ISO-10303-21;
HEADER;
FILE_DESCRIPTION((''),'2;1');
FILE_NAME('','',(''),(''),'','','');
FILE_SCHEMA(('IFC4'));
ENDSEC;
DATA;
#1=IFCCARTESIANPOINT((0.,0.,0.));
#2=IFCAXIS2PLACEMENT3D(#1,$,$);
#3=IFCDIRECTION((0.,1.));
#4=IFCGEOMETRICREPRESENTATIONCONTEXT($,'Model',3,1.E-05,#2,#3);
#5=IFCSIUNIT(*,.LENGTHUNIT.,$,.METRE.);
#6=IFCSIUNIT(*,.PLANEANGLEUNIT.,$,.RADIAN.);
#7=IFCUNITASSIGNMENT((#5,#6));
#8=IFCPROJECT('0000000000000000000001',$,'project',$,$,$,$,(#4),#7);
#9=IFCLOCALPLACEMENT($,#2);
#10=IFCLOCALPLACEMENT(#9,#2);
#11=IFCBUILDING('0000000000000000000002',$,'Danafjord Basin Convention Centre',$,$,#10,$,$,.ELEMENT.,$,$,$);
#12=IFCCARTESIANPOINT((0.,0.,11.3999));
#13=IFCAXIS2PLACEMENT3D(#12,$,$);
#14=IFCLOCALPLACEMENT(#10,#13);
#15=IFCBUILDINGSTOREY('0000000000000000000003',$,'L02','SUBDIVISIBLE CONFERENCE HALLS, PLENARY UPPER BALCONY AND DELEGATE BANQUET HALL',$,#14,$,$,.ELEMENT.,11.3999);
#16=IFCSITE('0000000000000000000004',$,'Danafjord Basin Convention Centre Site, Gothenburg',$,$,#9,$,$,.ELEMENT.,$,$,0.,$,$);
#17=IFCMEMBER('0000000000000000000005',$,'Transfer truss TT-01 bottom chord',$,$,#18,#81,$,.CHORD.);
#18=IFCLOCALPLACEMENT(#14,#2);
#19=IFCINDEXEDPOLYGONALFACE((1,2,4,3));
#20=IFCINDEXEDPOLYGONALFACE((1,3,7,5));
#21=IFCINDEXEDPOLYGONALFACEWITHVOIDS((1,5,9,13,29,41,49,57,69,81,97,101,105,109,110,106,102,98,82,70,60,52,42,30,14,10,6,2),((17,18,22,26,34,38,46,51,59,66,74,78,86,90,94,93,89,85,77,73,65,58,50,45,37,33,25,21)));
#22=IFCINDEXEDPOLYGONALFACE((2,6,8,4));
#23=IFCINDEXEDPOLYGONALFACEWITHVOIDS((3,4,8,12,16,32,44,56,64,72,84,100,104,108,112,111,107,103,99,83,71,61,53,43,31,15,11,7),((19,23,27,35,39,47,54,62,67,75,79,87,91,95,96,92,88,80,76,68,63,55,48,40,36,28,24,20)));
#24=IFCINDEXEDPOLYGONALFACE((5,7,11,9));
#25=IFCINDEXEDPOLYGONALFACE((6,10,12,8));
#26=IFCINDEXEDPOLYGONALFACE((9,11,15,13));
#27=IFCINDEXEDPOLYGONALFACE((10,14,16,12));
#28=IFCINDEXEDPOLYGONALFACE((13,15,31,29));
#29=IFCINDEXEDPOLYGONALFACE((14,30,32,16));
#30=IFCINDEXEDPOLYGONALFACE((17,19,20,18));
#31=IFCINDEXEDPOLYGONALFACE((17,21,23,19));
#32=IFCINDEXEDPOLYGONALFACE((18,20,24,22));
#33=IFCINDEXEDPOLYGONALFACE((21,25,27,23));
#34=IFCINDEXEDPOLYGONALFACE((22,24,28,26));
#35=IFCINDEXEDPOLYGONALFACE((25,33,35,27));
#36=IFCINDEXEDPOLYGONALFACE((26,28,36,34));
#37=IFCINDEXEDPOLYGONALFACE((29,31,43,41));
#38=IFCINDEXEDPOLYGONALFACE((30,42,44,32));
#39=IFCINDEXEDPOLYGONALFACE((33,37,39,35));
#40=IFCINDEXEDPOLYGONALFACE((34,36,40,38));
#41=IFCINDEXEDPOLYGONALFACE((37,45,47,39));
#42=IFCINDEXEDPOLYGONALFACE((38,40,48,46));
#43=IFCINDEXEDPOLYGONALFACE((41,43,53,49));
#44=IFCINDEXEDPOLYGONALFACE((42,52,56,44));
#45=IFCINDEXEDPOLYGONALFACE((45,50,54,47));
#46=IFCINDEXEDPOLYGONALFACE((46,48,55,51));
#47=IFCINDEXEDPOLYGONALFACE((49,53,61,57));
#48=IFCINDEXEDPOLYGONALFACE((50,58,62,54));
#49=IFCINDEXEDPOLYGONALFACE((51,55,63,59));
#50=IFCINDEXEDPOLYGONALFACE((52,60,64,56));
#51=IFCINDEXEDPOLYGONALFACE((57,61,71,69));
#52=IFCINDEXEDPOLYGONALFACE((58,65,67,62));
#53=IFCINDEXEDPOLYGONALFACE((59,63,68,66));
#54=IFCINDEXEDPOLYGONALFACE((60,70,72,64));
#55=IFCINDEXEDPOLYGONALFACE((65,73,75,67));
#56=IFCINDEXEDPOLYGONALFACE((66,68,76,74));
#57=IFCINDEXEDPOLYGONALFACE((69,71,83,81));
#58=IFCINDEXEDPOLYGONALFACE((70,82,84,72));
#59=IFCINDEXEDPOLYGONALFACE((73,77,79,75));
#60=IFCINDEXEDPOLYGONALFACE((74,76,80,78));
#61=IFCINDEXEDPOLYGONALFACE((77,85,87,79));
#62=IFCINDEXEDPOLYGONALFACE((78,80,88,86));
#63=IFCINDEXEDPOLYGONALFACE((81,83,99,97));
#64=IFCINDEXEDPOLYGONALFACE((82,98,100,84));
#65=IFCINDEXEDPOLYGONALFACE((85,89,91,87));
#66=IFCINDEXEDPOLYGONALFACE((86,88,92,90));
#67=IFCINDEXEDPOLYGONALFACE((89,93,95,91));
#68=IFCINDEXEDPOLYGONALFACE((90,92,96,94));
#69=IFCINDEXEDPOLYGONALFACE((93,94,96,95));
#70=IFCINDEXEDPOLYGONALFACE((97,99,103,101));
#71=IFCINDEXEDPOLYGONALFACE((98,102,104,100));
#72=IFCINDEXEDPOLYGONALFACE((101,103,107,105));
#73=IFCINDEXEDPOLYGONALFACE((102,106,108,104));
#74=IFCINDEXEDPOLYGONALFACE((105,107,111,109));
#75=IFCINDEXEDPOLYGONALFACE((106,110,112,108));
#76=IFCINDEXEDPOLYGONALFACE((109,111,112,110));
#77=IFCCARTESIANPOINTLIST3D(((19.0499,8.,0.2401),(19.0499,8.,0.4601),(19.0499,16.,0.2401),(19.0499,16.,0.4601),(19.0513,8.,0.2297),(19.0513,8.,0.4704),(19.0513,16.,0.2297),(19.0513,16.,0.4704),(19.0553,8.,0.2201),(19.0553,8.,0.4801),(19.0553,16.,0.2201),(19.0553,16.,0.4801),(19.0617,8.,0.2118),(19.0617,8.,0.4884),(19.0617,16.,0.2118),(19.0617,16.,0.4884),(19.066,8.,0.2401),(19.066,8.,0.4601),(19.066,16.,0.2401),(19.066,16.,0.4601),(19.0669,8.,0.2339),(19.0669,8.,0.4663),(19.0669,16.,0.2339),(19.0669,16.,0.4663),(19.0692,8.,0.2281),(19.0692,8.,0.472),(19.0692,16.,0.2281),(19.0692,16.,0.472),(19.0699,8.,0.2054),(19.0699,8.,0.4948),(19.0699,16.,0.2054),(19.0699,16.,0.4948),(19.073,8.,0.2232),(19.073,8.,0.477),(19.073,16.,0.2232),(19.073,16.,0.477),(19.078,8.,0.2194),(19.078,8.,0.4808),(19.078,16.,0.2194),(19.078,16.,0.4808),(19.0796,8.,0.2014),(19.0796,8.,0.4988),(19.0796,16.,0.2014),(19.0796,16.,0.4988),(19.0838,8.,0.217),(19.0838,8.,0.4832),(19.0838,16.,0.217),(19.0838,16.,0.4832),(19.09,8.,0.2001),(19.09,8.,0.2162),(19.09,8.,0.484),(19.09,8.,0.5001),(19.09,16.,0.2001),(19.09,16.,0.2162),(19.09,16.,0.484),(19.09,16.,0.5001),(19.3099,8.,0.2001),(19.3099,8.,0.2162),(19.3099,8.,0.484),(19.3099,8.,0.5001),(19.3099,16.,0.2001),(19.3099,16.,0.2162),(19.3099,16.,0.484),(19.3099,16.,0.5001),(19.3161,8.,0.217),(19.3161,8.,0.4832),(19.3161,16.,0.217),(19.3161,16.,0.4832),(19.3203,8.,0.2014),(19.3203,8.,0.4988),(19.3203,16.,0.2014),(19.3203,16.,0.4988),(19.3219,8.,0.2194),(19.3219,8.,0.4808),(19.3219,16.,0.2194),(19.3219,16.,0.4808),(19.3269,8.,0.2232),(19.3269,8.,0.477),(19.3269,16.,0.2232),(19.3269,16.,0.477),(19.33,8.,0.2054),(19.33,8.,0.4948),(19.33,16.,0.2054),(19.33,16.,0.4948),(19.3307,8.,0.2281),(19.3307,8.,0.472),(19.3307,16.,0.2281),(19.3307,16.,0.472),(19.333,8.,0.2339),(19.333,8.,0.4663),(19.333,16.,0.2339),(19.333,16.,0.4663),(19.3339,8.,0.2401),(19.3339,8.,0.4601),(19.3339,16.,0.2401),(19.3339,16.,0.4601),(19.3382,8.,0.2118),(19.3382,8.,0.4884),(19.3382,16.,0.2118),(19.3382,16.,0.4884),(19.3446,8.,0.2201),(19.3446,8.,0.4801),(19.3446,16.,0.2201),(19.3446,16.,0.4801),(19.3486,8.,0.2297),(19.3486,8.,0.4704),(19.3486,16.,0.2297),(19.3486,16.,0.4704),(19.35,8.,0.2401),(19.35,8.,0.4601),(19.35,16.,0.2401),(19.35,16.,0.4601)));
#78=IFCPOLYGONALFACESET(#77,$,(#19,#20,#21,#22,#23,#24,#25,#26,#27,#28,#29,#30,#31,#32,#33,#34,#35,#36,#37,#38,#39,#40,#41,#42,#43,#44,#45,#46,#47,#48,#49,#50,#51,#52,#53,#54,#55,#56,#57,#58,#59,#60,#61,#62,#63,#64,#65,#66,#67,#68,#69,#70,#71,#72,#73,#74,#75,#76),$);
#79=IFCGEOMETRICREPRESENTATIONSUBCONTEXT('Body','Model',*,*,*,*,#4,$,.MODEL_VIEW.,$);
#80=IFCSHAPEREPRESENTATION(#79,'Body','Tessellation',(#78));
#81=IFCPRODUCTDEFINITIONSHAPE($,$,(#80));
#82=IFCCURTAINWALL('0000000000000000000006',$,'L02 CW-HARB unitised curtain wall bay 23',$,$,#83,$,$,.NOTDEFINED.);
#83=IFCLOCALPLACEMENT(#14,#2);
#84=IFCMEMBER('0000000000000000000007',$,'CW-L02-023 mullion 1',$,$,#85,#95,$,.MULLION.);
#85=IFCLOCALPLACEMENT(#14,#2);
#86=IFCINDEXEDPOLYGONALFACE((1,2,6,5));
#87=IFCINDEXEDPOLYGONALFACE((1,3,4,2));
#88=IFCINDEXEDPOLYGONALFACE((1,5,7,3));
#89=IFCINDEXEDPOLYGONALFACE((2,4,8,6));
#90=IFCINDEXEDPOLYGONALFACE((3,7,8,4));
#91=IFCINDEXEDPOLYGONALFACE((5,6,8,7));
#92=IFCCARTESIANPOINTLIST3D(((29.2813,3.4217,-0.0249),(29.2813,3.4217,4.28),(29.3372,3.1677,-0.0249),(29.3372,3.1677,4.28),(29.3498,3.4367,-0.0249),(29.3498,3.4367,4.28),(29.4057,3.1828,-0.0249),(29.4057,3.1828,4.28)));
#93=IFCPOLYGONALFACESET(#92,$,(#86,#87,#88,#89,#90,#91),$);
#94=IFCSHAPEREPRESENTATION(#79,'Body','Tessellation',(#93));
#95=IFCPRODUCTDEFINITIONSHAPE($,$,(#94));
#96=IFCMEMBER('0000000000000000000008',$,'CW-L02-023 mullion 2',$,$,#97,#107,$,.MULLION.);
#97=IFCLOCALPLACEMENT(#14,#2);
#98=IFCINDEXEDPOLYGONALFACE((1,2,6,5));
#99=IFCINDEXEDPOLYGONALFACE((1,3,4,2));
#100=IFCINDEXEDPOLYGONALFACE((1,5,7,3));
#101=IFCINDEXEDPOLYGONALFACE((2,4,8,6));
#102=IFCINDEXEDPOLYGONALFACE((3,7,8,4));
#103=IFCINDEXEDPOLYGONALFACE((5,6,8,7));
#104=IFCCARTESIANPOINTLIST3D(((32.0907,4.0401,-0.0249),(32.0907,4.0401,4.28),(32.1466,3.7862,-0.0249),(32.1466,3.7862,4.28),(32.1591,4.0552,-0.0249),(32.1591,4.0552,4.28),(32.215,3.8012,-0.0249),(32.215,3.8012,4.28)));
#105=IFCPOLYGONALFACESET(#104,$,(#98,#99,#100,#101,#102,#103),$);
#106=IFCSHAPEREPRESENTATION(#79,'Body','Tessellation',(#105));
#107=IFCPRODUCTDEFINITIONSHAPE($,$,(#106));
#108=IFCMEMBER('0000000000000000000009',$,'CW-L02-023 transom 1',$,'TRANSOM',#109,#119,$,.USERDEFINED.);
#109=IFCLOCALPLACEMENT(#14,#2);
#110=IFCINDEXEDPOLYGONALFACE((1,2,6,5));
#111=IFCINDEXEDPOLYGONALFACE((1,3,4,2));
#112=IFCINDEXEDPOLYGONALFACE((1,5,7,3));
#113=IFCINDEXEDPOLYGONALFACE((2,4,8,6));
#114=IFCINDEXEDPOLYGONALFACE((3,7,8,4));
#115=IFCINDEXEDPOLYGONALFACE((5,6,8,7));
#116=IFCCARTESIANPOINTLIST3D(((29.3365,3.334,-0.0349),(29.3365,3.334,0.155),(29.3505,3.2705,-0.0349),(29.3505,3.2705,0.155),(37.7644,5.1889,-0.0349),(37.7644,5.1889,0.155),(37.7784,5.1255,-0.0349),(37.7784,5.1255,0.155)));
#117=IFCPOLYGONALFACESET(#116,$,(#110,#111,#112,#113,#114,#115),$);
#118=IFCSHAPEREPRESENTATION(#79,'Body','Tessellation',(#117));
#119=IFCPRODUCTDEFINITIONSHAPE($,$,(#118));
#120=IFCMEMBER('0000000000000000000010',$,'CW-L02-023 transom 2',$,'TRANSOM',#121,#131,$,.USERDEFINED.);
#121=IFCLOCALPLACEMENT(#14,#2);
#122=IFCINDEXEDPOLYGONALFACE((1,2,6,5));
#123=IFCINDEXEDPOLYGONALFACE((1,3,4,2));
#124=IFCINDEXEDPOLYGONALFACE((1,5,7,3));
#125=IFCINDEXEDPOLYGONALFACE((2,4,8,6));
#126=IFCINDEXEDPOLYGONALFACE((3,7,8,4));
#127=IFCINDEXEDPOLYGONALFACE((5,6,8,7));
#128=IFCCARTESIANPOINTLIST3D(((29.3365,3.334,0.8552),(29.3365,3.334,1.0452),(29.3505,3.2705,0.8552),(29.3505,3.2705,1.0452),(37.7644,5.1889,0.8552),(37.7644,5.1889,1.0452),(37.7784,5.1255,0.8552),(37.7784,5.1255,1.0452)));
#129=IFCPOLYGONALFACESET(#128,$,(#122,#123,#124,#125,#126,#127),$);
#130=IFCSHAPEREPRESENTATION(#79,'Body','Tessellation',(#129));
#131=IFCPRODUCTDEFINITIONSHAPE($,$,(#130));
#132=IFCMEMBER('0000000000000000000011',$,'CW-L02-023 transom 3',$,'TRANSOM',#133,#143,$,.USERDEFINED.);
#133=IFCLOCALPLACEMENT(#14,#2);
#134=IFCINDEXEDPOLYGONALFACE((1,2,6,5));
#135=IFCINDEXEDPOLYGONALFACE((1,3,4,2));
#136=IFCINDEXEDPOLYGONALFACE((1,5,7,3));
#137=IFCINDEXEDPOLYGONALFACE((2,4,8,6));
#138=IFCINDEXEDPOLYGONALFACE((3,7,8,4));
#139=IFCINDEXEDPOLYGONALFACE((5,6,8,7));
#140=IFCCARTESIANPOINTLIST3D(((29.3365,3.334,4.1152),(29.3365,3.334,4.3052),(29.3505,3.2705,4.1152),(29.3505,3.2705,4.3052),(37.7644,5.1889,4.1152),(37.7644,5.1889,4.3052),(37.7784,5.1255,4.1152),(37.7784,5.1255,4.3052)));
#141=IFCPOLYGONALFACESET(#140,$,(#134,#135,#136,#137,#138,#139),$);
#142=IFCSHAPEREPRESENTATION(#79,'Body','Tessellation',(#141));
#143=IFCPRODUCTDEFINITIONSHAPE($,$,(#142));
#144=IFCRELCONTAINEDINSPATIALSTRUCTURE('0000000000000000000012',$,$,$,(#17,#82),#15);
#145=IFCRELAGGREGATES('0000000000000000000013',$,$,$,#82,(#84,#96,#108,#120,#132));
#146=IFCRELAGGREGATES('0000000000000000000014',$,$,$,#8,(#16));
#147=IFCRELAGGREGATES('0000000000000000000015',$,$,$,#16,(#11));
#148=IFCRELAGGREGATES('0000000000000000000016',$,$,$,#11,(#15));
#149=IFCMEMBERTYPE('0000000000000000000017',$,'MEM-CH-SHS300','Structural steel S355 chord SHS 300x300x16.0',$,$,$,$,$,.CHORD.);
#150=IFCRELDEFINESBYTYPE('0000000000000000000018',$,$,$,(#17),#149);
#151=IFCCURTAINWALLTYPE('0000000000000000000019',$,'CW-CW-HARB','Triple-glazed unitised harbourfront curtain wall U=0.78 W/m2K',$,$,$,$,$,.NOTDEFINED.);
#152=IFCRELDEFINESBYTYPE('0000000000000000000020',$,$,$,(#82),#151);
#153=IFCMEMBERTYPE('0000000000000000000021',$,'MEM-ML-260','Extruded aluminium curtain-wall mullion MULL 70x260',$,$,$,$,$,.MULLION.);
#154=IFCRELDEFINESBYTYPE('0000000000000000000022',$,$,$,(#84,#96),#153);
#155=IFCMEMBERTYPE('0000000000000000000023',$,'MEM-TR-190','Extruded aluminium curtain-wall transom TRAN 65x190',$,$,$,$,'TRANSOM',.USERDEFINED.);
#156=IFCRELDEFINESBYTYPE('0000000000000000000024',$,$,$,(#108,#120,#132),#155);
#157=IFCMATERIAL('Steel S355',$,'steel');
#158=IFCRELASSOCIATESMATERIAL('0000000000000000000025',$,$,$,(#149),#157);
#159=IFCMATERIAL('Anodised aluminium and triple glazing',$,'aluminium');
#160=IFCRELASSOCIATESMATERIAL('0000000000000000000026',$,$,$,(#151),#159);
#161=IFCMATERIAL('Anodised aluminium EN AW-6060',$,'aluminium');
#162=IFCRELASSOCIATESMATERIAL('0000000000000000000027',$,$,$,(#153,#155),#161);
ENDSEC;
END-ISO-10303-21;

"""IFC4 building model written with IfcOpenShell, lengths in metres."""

from ifc_helpers import new_model, si_unit, direction, frame, origin, origin_2d, place, context, subcontext, project, spatial, rectangle, hollow_rectangle, extrude, material, material_profile, profile_set, type_object, element, aggregate, save


model = new_model("IFC4")

# Units and contexts
model_context = context("Model", 3, precision=1e-05, world=origin(), true_north=direction((0.0, 1.0)))
body_context = subcontext(model_context, "Body", "Model", "MODEL_VIEW")
ifc_project = project(units=[si_unit("LENGTHUNIT", "METRE"), si_unit("PLANEANGLEUNIT", "RADIAN")], contexts=[model_context])

# Site, building, storey
site_placement = place(None, origin())
site = spatial("IfcSite", under=ifc_project, at=site_placement, Name="Danafjord Basin Convention Centre Site, Gothenburg", CompositionType="ELEMENT", RefElevation=0.0)
building_placement = place(site_placement, origin())
building = spatial("IfcBuilding", under=site, at=building_placement, Name="Danafjord Basin Convention Centre", CompositionType="ELEMENT")
storey_placement = place(building_placement, frame((0.0, 0.0, 11.3999)))
storey = spatial("IfcBuildingStorey", under=building, at=storey_placement, Name="L02", Description="SUBDIVISIBLE CONFERENCE HALLS, PLENARY UPPER BALCONY AND DELEGATE BANQUET HALL", CompositionType="ELEMENT", Elevation=11.3999)

# Shared definitions
ifc_material_1 = material(Name="Steel S355", Category="steel")

# Member
ifc_material_profile_1 = material_profile(ifc_material_1, hollow_rectangle(XDim=0.3, YDim=0.3, WallThickness=0.0161, InnerFilletRadius=0.0239, OuterFilletRadius=0.04, at=origin_2d()), Name="SHS 300x300x16.0")
ifc_profile_set_1 = profile_set([ifc_material_profile_1], Name="Steel S355")
member_type_1 = type_object("IfcMemberType", Name="MEM-CH-SHS300", Description="Structural steel S355 chord SHS 300x300x16.0", PredefinedType="CHORD", material=ifc_profile_set_1)
member_1_placement = place(storey_placement, frame((19.2, 8.0, 0.3501), z_axis=(0.0, 1.0, 0.0), x_axis=(-1.0, 0.0, 0.0)))
element("IfcMember", 1, at=member_1_placement, inside=storey, type_object=member_type_1, Name="Transfer truss TT-01 bottom chord", PredefinedType="CHORD", context=body_context, shape_type="SweptSolid", body=[
    extrude(hollow_rectangle(XDim=0.3, YDim=0.3, WallThickness=0.0161, InnerFilletRadius=0.0239, OuterFilletRadius=0.04, at=origin_2d()), origin(), (0.0, 0.0, 1.0), 8.0),
])

# Curtain wall, members
ifc_material_2 = material(Name="Anodised aluminium and triple glazing", Category="aluminium")
curtain_wall_type = type_object("IfcCurtainWallType", Name="CW-CW-HARB", Description="Triple-glazed unitised harbourfront curtain wall U=0.78 W/m2K", PredefinedType="NOTDEFINED", material=ifc_material_2)
curtain_wall_placement = place(storey_placement, origin())
curtain_wall = element("IfcCurtainWall", 2, at=curtain_wall_placement, inside=storey, type_object=curtain_wall_type, Name="L02 CW-HARB unitised curtain wall bay 23", PredefinedType="NOTDEFINED")
ifc_material_3 = material(Name="Anodised aluminium EN AW-6060", Category="aluminium")
ifc_material_profile_2 = material_profile(ifc_material_3, rectangle(XDim=0.0701, YDim=0.26, at=origin_2d()), Name="MULL 70x260")
ifc_profile_set_2 = profile_set([ifc_material_profile_2], Name="Anodised aluminium EN AW-6060")
member_type_2 = type_object("IfcMemberType", Name="MEM-ML-260", Description="Extruded aluminium curtain-wall mullion MULL 70x260", PredefinedType="MULLION", material=ifc_profile_set_2)
member_2_placement = place(storey_placement, frame((29.3435, 3.3022, -0.0249), z_axis=(0.0, 0.0, 1.0), x_axis=(0.976623, 0.214959, 0.0)))
member_2 = element("IfcMember", 3, at=member_2_placement, type_object=member_type_2, Name="CW-L02-023 mullion 1", PredefinedType="MULLION", context=body_context, shape_type="SweptSolid", body=[
    extrude(rectangle(XDim=0.0701, YDim=0.26, at=origin_2d()), origin(), (0.0, 0.0, 1.0), 4.3049),
])
member_3_placement = place(storey_placement, frame((32.1528, 3.9207, -0.0249), z_axis=(0.0, 0.0, 1.0), x_axis=(0.976623, 0.214959, 0.0)))
member_3 = element("IfcMember", 4, at=member_3_placement, type_object=member_type_2, Name="CW-L02-023 mullion 2", PredefinedType="MULLION", context=body_context, shape_type="SweptSolid", body=[
    extrude(rectangle(XDim=0.0701, YDim=0.26, at=origin_2d()), origin(), (0.0, 0.0, 1.0), 4.3049),
])
ifc_material_profile_3 = material_profile(ifc_material_3, rectangle(XDim=0.0649, YDim=0.1899, at=origin_2d()), Name="TRAN 65x190")
ifc_profile_set_3 = profile_set([ifc_material_profile_3], Name="Anodised aluminium EN AW-6060")
member_type_3 = type_object("IfcMemberType", Name="MEM-TR-190", Description="Extruded aluminium curtain-wall transom TRAN 65x190", ElementType="TRANSOM", PredefinedType="USERDEFINED", material=ifc_profile_set_3)
member_4_placement = place(storey_placement, frame((29.3435, 3.3022, 0.0601), z_axis=(0.976624, 0.214953, 0.0), x_axis=(-0.214953, 0.976624, 0.0)))
member_4 = element("IfcMember", 5, at=member_4_placement, type_object=member_type_3, Name="CW-L02-023 transom 1", ObjectType="TRANSOM", PredefinedType="USERDEFINED", context=body_context, shape_type="SweptSolid", body=[
    extrude(rectangle(XDim=0.0649, YDim=0.1899, at=origin_2d()), origin(), (0.0, 0.0, 1.0), 8.6296),
])
member_5_placement = place(storey_placement, frame((29.3435, 3.3022, 0.9502), z_axis=(0.976624, 0.214953, 0.0), x_axis=(-0.214953, 0.976624, 0.0)))
member_5 = element("IfcMember", 6, at=member_5_placement, type_object=member_type_3, Name="CW-L02-023 transom 2", ObjectType="TRANSOM", PredefinedType="USERDEFINED", context=body_context, shape_type="SweptSolid", body=[
    extrude(rectangle(XDim=0.0649, YDim=0.1899, at=origin_2d()), origin(), (0.0, 0.0, 1.0), 8.6296),
])
member_6_placement = place(storey_placement, frame((29.3435, 3.3022, 4.2102), z_axis=(0.976624, 0.214953, 0.0), x_axis=(-0.214953, 0.976624, 0.0)))
member_6 = element("IfcMember", 7, at=member_6_placement, type_object=member_type_3, Name="CW-L02-023 transom 3", ObjectType="TRANSOM", PredefinedType="USERDEFINED", context=body_context, shape_type="SweptSolid", body=[
    extrude(rectangle(XDim=0.0649, YDim=0.1899, at=origin_2d()), origin(), (0.0, 0.0, 1.0), 8.6296),
])

aggregate(curtain_wall, [member_2, member_3, member_4, member_5, member_6])

save(model, "model.ifc")
